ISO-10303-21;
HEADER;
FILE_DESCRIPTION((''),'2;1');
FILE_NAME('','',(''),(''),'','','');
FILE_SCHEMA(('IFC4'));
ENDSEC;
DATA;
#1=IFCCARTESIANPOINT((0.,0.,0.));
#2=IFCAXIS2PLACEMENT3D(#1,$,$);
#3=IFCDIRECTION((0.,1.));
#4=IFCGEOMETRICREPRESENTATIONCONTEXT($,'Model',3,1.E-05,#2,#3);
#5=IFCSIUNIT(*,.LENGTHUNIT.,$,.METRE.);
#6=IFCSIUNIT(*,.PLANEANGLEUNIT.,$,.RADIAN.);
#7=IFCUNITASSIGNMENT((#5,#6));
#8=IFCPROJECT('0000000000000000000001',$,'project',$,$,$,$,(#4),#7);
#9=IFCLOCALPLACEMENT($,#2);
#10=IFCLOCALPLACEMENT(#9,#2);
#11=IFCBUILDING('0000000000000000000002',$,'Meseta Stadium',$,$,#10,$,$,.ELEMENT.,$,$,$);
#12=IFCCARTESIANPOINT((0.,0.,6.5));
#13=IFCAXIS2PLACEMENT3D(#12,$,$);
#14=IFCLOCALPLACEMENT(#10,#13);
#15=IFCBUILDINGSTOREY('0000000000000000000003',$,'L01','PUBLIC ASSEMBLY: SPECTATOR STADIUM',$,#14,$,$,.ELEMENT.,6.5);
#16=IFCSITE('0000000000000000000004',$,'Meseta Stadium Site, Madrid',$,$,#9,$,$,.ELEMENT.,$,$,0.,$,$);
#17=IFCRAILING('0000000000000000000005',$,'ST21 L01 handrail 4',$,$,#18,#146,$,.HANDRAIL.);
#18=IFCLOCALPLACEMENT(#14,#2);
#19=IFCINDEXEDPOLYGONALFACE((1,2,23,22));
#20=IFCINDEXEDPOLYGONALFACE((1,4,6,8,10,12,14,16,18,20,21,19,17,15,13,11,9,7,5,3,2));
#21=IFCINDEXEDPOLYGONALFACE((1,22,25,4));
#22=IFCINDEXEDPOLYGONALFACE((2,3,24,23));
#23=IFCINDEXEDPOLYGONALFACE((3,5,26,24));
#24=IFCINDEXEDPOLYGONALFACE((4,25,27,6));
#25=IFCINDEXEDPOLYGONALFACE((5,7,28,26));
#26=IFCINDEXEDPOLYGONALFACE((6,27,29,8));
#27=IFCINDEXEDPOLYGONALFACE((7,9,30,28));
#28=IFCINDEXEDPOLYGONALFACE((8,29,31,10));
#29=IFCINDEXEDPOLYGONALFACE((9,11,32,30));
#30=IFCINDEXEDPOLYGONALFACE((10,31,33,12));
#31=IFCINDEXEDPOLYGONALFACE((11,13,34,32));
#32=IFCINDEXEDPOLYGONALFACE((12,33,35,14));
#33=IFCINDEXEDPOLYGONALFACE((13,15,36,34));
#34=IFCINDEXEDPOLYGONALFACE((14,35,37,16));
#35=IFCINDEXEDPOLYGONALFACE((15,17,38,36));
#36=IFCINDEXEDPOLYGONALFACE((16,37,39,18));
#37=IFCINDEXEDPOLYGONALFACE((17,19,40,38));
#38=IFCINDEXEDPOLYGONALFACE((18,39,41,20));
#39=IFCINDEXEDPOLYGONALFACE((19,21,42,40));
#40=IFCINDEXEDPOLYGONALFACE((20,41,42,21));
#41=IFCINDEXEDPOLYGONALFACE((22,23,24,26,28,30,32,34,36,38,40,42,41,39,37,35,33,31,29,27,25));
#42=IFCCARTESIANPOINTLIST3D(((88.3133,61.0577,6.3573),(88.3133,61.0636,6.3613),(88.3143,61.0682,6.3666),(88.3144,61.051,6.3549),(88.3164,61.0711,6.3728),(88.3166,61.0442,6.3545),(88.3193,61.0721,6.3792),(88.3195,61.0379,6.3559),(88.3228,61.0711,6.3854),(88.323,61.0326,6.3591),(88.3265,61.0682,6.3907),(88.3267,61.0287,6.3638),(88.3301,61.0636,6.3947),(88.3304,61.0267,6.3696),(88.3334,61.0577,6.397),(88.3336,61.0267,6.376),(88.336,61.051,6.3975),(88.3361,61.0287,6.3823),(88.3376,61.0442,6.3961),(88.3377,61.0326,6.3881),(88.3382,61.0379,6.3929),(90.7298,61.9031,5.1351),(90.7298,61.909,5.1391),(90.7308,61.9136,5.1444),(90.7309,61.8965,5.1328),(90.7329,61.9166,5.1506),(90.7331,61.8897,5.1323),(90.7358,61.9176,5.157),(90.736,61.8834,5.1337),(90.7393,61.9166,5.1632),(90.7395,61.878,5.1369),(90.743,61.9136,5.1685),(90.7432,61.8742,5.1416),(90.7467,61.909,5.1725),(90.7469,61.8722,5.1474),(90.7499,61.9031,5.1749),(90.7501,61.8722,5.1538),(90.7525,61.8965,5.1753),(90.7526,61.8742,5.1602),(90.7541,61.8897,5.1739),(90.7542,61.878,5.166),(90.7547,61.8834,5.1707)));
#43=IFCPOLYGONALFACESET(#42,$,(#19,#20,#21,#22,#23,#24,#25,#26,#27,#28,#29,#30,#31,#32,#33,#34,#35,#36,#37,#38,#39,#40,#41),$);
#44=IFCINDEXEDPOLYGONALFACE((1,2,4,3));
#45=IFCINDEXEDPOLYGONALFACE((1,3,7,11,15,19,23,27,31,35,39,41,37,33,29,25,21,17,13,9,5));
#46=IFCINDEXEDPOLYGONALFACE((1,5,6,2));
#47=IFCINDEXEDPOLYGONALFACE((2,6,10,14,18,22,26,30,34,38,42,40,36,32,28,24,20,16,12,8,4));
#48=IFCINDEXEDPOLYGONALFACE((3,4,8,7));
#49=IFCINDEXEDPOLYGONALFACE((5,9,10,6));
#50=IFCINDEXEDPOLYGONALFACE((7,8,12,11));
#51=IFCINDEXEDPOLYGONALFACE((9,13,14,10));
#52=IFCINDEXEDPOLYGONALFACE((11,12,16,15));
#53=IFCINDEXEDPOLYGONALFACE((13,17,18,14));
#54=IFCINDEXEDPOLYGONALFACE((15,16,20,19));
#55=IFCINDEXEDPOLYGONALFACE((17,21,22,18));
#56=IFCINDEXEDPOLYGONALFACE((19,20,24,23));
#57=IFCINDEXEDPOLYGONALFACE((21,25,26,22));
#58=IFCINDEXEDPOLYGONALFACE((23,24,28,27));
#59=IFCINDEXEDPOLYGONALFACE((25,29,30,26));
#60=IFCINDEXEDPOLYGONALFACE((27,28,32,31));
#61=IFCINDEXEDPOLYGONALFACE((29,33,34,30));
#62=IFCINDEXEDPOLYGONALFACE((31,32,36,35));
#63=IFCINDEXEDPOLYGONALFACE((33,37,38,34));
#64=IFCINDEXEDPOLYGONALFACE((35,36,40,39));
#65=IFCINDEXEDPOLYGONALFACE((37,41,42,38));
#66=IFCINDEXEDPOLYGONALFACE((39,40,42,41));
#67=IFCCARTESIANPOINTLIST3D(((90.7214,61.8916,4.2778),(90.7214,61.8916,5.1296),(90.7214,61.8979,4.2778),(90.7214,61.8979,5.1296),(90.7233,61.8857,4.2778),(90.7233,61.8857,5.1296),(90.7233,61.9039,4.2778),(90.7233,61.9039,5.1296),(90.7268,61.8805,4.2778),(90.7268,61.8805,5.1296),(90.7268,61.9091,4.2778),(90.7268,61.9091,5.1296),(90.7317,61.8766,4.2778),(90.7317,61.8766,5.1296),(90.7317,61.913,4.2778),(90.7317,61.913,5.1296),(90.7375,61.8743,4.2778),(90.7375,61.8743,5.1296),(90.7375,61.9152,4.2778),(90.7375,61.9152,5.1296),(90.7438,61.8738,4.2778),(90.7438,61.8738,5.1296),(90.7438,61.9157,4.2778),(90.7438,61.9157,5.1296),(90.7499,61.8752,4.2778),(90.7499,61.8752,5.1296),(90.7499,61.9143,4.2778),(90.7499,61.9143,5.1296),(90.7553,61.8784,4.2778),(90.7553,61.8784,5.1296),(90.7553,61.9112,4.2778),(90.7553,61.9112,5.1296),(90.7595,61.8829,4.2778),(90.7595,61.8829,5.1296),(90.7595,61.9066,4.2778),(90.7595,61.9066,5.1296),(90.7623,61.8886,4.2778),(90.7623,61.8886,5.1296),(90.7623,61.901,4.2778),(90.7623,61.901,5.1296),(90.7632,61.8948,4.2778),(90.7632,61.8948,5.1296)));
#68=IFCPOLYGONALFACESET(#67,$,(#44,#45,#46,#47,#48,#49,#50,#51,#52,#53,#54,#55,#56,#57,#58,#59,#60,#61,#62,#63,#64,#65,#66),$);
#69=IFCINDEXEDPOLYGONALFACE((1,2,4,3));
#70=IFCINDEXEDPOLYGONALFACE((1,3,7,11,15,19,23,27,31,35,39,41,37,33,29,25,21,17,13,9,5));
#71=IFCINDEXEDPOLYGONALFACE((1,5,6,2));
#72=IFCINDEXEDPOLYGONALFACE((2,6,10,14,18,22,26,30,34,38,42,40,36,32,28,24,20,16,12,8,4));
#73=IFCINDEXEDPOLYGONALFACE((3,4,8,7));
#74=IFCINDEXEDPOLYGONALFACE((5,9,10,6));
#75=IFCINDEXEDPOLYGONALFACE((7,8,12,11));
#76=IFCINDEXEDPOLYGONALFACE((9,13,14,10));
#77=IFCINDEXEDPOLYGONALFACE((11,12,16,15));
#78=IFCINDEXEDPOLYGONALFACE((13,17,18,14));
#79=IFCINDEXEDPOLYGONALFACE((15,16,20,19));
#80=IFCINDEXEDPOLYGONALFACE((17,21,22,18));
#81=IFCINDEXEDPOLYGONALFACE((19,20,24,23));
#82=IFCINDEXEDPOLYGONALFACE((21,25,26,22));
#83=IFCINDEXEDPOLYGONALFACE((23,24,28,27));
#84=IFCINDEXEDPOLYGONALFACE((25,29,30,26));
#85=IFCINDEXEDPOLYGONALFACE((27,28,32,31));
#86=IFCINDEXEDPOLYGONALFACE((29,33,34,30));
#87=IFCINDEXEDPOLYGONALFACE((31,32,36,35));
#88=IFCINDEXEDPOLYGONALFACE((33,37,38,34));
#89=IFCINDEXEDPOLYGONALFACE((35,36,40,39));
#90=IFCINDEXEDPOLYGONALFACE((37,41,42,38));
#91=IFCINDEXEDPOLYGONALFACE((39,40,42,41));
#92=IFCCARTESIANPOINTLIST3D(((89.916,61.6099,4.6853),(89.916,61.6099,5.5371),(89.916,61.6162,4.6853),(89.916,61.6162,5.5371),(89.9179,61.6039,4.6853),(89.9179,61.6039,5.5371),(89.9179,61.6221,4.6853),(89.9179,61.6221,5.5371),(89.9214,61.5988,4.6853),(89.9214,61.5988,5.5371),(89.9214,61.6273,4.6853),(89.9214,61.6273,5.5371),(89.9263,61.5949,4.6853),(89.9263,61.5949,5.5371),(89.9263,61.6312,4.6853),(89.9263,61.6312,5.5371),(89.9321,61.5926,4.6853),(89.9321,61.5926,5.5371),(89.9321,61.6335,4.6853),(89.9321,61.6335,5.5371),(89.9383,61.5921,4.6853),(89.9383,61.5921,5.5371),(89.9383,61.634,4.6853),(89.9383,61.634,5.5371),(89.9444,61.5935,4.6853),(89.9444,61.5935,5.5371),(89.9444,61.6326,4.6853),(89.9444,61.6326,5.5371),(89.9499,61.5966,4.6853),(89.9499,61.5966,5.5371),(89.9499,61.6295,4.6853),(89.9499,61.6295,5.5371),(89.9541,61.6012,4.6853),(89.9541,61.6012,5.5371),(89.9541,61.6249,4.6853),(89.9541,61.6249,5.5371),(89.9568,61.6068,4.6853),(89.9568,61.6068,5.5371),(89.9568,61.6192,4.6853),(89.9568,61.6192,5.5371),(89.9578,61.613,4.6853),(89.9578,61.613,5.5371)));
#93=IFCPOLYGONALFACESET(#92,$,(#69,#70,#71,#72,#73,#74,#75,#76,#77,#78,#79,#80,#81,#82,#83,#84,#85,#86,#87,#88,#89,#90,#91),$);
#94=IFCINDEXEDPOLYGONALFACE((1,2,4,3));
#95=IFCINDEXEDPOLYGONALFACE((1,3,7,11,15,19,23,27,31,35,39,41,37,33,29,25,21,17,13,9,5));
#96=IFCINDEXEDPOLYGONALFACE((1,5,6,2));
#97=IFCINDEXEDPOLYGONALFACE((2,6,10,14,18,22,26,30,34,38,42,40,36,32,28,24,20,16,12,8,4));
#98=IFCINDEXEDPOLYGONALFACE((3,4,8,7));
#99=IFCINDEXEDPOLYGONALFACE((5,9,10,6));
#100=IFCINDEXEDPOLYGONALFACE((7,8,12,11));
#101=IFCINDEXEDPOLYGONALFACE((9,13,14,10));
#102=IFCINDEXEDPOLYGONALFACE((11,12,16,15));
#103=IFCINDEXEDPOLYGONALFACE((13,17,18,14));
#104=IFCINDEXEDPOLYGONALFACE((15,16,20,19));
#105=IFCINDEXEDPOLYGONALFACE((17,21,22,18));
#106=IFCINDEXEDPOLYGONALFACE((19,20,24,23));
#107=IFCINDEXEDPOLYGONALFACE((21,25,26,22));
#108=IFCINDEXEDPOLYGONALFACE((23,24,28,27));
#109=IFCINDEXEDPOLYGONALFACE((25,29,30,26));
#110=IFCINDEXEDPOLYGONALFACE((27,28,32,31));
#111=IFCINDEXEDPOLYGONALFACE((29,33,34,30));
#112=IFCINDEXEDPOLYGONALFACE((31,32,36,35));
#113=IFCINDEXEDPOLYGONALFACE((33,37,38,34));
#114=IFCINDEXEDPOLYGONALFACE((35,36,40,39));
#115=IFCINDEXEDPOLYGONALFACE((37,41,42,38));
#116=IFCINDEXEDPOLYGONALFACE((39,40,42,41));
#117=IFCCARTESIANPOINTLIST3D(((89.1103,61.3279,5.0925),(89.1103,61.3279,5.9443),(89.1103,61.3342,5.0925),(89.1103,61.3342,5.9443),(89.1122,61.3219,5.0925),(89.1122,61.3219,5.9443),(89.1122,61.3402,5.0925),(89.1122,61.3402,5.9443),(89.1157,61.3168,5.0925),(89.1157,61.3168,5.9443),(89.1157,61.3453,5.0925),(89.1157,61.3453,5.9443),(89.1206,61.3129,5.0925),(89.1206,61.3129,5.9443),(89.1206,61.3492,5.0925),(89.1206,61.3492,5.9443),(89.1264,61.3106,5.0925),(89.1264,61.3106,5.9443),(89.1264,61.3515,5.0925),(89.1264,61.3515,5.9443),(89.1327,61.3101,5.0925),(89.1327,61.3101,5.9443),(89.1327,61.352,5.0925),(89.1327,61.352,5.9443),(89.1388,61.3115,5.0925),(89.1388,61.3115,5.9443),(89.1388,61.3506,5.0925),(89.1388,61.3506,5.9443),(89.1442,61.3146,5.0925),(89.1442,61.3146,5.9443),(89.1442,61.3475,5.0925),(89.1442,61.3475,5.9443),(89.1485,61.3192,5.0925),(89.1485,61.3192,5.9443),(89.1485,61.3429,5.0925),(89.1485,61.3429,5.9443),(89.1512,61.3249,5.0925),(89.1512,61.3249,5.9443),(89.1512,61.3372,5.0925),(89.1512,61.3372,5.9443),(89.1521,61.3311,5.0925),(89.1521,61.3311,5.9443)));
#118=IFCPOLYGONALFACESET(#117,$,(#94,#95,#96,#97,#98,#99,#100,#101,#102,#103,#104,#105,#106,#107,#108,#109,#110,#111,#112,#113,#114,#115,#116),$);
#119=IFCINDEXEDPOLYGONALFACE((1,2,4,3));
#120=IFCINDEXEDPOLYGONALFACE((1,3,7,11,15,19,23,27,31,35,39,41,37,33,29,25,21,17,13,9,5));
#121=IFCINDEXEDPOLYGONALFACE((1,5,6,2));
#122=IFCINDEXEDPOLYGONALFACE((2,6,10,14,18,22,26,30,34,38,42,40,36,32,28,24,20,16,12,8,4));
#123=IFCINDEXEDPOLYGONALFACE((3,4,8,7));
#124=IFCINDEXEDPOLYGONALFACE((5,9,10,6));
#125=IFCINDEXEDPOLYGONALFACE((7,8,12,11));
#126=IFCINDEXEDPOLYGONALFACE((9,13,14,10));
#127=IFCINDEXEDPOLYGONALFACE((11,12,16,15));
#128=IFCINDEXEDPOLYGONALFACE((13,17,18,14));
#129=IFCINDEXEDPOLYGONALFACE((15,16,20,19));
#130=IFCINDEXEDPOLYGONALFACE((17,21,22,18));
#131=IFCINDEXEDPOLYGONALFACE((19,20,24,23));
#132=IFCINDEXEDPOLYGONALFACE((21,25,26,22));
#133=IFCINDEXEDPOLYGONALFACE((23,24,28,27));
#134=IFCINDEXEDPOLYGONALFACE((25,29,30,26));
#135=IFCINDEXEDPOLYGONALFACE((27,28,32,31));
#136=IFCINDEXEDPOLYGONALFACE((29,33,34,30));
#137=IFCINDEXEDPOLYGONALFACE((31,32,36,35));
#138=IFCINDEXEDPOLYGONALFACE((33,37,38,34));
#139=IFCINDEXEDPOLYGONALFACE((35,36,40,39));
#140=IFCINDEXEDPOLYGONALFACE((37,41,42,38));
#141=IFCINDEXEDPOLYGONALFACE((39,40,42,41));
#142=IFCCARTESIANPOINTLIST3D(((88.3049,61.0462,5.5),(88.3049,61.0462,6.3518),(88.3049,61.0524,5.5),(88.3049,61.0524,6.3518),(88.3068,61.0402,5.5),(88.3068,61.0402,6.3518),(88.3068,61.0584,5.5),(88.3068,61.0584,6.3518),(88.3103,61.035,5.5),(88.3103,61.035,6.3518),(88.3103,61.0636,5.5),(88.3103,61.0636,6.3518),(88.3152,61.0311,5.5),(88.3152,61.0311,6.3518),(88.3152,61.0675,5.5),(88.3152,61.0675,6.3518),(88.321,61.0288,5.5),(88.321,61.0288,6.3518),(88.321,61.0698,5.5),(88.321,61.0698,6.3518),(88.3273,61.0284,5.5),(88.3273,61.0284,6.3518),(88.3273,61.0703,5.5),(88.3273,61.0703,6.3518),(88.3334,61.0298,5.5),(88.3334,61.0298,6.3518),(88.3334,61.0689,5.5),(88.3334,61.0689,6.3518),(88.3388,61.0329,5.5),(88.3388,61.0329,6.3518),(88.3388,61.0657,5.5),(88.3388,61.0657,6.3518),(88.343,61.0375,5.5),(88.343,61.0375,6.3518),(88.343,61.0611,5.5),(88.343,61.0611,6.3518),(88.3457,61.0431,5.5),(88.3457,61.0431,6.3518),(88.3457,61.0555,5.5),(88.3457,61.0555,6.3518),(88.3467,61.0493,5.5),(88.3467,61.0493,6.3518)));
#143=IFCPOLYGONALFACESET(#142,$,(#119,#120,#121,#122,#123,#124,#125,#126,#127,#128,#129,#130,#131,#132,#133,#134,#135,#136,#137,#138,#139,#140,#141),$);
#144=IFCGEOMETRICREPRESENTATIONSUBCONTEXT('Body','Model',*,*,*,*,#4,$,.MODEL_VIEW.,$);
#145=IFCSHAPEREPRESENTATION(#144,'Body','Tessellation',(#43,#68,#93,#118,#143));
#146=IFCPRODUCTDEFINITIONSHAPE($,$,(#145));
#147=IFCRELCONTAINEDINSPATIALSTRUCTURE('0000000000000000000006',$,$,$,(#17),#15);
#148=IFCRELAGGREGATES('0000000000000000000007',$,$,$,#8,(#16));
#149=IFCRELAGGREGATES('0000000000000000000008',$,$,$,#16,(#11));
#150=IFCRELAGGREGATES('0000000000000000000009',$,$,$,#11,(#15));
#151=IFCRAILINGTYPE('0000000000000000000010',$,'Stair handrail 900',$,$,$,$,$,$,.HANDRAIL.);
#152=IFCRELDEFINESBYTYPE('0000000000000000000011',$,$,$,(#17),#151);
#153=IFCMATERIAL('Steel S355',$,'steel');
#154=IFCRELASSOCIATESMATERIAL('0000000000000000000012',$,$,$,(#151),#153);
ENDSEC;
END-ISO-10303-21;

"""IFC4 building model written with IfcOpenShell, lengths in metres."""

from ifc_helpers import new_model, si_unit, direction, frame, origin, origin_2d, place, context, subcontext, project, spatial, circle, extrude, material, type_object, element, save


model = new_model("IFC4")

# Units and contexts
model_context = context("Model", 3, precision=1e-05, world=origin(), true_north=direction((0.0, 1.0)))
body_context = subcontext(model_context, "Body", "Model", "MODEL_VIEW")
ifc_project = project(units=[si_unit("LENGTHUNIT", "METRE"), si_unit("PLANEANGLEUNIT", "RADIAN")], contexts=[model_context])

# Site, building, storey
site_placement = place(None, origin())
site = spatial("IfcSite", under=ifc_project, at=site_placement, Name="Meseta Stadium Site, Madrid", CompositionType="ELEMENT", RefElevation=0.0)
building_placement = place(site_placement, origin())
building = spatial("IfcBuilding", under=site, at=building_placement, Name="Meseta Stadium", CompositionType="ELEMENT")
storey_placement = place(building_placement, frame((0.0, 0.0, 6.5)))
storey = spatial("IfcBuildingStorey", under=building, at=storey_placement, Name="L01", Description="PUBLIC ASSEMBLY: SPECTATOR STADIUM", CompositionType="ELEMENT", Elevation=6.5)

# Railing
ifc_material_1 = material(Name="Steel S355", Category="steel")
railing_type_1 = type_object("IfcRailingType", Name="Stair handrail 900", PredefinedType="HANDRAIL", material=ifc_material_1)
railing_1_placement = place(storey_placement, frame((90.7422, 61.8948, 4.2778)))
element("IfcRailing", 1, at=railing_1_placement, inside=storey, type_object=railing_type_1, Name="ST21 L01 handrail 4", PredefinedType="HANDRAIL", context=body_context, shape_type="SweptSolid", body=[
    extrude(circle(Radius=0.0239, at=origin_2d()), frame((0.0, 0.0, 0.876), z_axis=(-0.851812, -0.298022, 0.430811), x_axis=(0.33024, -0.943897, 0.0)), (0.0, 0.0, 1.0), 2.8369),
    extrude(circle(Radius=0.021, at=origin_2d()), origin(), (0.0, 0.0, 1.0), 0.8518),
    extrude(circle(Radius=0.021, at=origin_2d()), frame((-0.8054, -0.2817, 0.4075)), (0.0, 0.0, 1.0), 0.8518),
    extrude(circle(Radius=0.021, at=origin_2d()), frame((-1.6111, -0.5637, 0.8147)), (0.0, 0.0, 1.0), 0.8518),
    extrude(circle(Radius=0.021, at=origin_2d()), frame((-2.4165, -0.8455, 1.2222)), (0.0, 0.0, 1.0), 0.8518),
])

save(model, "model.ifc")
